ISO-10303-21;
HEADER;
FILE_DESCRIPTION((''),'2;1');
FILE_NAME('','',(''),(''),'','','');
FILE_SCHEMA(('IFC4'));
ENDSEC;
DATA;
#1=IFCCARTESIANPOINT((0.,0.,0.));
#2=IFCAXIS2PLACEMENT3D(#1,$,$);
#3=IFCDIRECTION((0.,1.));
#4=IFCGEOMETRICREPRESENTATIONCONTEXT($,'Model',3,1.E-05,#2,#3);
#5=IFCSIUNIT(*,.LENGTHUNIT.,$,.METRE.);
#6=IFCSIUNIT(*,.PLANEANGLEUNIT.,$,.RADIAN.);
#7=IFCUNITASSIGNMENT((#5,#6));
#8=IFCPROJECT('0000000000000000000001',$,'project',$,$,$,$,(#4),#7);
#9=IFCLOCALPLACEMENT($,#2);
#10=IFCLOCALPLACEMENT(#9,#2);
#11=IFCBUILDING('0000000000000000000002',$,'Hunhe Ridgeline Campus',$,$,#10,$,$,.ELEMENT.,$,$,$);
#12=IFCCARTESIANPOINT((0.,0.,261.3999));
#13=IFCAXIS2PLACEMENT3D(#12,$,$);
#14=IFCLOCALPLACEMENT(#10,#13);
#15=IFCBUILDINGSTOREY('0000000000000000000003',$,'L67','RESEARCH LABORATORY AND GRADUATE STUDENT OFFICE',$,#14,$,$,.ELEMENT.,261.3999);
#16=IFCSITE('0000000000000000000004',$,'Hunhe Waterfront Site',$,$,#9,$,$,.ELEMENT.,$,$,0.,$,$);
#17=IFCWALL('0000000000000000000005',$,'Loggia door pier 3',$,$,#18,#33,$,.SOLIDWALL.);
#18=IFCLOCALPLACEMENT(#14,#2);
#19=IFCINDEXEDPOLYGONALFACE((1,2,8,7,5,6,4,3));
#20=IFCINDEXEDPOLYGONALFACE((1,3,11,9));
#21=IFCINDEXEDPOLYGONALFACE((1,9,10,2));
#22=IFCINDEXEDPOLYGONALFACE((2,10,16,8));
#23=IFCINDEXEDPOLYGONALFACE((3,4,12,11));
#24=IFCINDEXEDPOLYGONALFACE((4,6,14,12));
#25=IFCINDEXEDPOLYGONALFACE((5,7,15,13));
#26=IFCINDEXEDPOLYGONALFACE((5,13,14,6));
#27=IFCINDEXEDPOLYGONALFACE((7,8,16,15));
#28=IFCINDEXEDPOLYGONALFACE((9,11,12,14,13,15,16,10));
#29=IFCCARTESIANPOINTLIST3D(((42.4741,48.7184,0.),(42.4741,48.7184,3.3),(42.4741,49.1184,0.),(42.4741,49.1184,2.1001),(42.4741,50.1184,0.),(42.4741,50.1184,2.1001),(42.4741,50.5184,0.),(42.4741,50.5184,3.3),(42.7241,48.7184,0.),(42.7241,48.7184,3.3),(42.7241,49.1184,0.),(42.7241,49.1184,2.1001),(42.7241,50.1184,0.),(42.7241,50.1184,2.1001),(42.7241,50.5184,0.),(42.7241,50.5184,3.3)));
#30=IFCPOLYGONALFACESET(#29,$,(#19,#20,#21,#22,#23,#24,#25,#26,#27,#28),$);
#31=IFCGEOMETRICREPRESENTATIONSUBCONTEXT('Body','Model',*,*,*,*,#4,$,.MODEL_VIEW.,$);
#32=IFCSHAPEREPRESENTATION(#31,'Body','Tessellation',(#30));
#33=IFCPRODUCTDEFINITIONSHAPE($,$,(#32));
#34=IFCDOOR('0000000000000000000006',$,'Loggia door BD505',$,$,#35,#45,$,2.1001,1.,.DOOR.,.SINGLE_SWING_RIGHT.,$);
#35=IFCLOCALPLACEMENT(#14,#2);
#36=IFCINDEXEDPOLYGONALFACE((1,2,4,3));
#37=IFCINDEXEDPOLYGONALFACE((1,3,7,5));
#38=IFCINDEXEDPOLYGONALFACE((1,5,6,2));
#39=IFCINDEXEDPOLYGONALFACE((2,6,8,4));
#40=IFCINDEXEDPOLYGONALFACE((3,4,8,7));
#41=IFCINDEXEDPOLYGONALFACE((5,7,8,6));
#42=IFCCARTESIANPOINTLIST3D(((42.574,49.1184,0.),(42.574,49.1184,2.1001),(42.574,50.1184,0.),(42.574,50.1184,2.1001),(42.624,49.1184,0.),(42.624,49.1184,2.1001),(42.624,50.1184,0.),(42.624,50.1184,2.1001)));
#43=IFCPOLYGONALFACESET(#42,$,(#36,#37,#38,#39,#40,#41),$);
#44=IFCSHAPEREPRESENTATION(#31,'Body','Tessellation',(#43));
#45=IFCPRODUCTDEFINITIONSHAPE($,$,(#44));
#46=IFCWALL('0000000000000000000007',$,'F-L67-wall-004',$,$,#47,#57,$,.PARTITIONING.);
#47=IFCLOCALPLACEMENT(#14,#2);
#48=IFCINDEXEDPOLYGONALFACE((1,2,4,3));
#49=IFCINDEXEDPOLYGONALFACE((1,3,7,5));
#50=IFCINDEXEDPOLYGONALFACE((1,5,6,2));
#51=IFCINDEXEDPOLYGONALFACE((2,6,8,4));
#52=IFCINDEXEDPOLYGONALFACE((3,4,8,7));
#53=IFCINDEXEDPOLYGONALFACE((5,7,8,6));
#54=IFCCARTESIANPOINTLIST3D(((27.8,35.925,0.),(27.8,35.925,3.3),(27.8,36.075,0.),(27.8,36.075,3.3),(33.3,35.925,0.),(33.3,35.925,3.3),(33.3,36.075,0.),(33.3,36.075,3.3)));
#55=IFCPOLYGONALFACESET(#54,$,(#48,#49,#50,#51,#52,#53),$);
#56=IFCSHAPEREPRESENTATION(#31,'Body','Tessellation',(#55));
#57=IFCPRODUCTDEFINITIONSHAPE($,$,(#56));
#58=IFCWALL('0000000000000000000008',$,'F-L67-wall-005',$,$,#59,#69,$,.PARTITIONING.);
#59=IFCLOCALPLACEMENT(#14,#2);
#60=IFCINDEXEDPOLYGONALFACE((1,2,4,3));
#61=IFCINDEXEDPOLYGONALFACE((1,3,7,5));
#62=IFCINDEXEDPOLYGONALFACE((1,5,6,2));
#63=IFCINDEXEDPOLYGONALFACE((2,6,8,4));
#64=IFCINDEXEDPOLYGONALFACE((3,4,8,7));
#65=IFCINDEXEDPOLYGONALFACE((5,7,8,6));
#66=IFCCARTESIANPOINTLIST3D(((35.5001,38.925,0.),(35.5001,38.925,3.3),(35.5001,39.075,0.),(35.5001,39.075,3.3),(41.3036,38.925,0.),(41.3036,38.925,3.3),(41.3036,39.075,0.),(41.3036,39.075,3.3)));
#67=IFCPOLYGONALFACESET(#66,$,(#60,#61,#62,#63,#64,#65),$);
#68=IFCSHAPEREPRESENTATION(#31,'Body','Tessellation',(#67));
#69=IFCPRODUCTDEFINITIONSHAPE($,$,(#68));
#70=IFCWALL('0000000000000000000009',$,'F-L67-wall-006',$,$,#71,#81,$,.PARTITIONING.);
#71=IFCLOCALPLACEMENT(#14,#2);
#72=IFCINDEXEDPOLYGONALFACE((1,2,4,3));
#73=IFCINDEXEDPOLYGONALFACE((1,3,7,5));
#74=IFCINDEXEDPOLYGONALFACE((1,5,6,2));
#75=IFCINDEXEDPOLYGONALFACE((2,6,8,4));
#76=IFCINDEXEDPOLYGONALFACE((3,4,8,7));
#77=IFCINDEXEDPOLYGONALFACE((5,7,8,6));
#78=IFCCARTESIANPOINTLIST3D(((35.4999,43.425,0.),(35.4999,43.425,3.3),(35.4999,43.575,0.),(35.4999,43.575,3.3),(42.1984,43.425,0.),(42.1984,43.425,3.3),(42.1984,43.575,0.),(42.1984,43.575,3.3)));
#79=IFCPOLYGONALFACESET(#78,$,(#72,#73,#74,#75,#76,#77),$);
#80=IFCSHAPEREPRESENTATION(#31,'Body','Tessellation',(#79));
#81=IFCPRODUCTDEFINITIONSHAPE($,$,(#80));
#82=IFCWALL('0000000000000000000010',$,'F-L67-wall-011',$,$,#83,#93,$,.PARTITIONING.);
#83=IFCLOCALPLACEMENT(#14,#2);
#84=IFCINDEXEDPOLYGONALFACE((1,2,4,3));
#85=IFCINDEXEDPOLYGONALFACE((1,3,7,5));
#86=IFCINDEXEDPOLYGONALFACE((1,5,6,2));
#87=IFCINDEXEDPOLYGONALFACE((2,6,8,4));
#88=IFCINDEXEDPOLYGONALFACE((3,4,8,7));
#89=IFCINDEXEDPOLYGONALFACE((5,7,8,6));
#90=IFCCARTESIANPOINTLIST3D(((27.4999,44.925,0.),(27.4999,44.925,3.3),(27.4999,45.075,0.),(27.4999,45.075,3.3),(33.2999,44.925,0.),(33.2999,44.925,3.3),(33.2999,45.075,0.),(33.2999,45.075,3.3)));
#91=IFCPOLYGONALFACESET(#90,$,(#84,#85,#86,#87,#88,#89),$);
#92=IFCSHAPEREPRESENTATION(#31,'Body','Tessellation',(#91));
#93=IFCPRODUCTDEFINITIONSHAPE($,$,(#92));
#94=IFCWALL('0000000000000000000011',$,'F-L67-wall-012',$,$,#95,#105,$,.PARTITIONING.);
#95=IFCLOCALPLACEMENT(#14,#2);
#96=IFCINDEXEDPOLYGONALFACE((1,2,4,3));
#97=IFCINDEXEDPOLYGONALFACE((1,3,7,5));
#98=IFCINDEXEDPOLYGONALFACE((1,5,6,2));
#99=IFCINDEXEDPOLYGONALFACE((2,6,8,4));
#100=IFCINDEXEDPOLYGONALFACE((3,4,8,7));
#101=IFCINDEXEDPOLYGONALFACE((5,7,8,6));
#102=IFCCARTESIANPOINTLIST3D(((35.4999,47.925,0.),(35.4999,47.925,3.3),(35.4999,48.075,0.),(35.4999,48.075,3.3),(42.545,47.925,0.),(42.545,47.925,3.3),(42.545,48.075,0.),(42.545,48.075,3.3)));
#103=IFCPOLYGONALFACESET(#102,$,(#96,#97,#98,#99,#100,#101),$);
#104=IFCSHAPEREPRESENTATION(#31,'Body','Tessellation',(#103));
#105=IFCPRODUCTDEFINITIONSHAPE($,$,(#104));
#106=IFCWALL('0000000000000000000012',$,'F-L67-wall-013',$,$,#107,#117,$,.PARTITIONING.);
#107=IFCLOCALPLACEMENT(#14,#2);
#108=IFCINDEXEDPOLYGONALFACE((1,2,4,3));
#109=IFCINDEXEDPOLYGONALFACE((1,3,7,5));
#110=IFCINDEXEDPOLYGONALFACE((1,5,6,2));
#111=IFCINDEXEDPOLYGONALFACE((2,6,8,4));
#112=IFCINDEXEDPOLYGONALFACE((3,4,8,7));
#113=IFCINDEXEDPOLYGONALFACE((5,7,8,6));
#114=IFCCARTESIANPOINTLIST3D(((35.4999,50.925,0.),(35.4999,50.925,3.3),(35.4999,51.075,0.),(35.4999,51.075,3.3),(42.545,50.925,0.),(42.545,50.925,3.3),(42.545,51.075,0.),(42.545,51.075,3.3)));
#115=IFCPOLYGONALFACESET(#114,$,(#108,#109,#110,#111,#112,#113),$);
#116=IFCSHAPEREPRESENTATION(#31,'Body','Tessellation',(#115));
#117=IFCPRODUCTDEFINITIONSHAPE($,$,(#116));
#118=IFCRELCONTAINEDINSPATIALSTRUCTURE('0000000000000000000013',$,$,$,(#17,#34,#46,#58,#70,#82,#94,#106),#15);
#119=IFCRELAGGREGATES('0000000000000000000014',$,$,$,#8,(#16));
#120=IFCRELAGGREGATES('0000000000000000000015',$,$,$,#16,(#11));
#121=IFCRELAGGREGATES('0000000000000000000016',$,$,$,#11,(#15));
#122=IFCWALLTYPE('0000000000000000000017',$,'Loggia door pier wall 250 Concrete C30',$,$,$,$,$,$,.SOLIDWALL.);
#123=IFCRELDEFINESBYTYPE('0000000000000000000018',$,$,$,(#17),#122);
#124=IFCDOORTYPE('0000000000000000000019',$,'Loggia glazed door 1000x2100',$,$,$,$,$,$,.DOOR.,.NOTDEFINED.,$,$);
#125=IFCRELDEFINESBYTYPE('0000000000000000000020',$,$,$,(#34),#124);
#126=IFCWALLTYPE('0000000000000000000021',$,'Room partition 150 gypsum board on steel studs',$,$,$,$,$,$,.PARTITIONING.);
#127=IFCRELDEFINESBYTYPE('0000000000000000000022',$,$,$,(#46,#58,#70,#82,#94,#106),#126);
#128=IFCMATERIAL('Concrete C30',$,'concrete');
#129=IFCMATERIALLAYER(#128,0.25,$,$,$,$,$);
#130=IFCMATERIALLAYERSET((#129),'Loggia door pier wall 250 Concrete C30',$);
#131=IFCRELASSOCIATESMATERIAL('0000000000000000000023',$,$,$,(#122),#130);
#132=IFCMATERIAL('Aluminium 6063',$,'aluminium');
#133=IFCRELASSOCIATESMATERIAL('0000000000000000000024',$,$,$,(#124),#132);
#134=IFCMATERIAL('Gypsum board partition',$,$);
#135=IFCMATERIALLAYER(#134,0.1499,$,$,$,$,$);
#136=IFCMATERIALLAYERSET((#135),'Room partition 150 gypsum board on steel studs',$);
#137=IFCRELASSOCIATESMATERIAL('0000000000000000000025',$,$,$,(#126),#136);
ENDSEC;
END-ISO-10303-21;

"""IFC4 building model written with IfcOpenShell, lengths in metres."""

from ifc_helpers import new_model, si_unit, direction, frame, frame_2d, origin, place, context, subcontext, project, spatial, rectangle, extrude, material, layer, layer_set, type_object, element, fill, save


model = new_model("IFC4")

# Units and contexts
model_context = context("Model", 3, precision=1e-05, world=origin(), true_north=direction((0.0, 1.0)))
body_context = subcontext(model_context, "Body", "Model", "MODEL_VIEW")
ifc_project = project(units=[si_unit("LENGTHUNIT", "METRE"), si_unit("PLANEANGLEUNIT", "RADIAN")], contexts=[model_context])

# Site, building, storey
site_placement = place(None, origin())
site = spatial("IfcSite", under=ifc_project, at=site_placement, Name="Hunhe Waterfront Site", CompositionType="ELEMENT", RefElevation=0.0)
building_placement = place(site_placement, origin())
building = spatial("IfcBuilding", under=site, at=building_placement, Name="Hunhe Ridgeline Campus", CompositionType="ELEMENT")
storey_placement = place(building_placement, frame((0.0, 0.0, 261.3999)))
storey = spatial("IfcBuildingStorey", under=building, at=storey_placement, Name="L67", Description="RESEARCH LABORATORY AND GRADUATE STUDENT OFFICE", CompositionType="ELEMENT", Elevation=261.3999)

# Shared definitions
ifc_material_1 = material(Name="Aluminium 6063", Category="aluminium")

# Wall, opening, door
ifc_material_2 = material(Name="Concrete C30", Category="concrete")
ifc_layer_1 = layer(ifc_material_2, 0.25)
ifc_layer_set_1 = layer_set([ifc_layer_1], Name="Loggia door pier wall 250 Concrete C30")
wall_type_1 = type_object("IfcWallType", Name="Loggia door pier wall 250 Concrete C30", PredefinedType="SOLIDWALL", material=ifc_layer_set_1)
wall_1_placement = place(storey_placement, frame((42.5991, 48.7185, 0.0), z_axis=(0.0, 0.0, 1.0), x_axis=(0.0, 1.0, 0.0)))
wall_1 = element("IfcWall", 1, at=wall_1_placement, inside=storey, type_object=wall_type_1, Name="Loggia door pier 3", PredefinedType="SOLIDWALL", context=body_context, shape_type="SweptSolid", body=[
    extrude(rectangle(XDim=1.8, YDim=0.25, at=frame_2d((0.8999, 0.0))), origin(), (0.0, 0.0, 1.0), 3.3),
])
opening_placement = place(wall_1_placement, frame((0.3999, 0.0, 0.0)))
opening = element("IfcOpeningElement", 2, at=opening_placement, cuts=wall_1, PredefinedType="OPENING", context=body_context, shape_type="SweptSolid", body=[
    extrude(rectangle(XDim=1.0, YDim=2.1001, at=frame_2d((0.5, 1.05))), frame((0.0, 0.125, 0.0), z_axis=(0.0, -1.0, 0.0), x_axis=(1.0, 0.0, 0.0)), (0.0, 0.0, 1.0), 0.25),
])
door_type = type_object("IfcDoorType", Name="Loggia glazed door 1000x2100", OperationType="NOTDEFINED", PredefinedType="DOOR", material=ifc_material_1)
door_placement = place(opening_placement, frame((1.0, 0.0, 0.0), z_axis=(0.0, 0.0, 1.0), x_axis=(-1.0, 0.0, 0.0)))
door = element("IfcDoor", 3, at=door_placement, inside=storey, type_object=door_type, Name="Loggia door BD505", OperationType="SINGLE_SWING_RIGHT", OverallHeight=2.1001, OverallWidth=1.0, PredefinedType="DOOR", context=body_context, shape_type="SweptSolid", body=[
    extrude(rectangle(XDim=1.0, YDim=2.1001, at=frame_2d((0.5, 1.05))), frame((0.0, 0.0249, 0.0), z_axis=(0.0, -1.0, 0.0), x_axis=(1.0, 0.0, 0.0)), (0.0, 0.0, 1.0), 0.05),
])
fill(opening, door)

# Walls
ifc_material_3 = material(Name="Gypsum board partition")
ifc_layer_2 = layer(ifc_material_3, 0.1499)
ifc_layer_set_2 = layer_set([ifc_layer_2], Name="Room partition 150 gypsum board on steel studs")
wall_type_2 = type_object("IfcWallType", Name="Room partition 150 gypsum board on steel studs", PredefinedType="PARTITIONING", material=ifc_layer_set_2)
wall_2_placement = place(storey_placement, frame((27.8, 36.0, 0.0), z_axis=(0.0, 0.0, 1.0), x_axis=(1.0, 0.0, 0.0)))
element("IfcWall", 4, at=wall_2_placement, inside=storey, type_object=wall_type_2, Name="F-L67-wall-004", PredefinedType="PARTITIONING", context=body_context, shape_type="SweptSolid", body=[
    extrude(rectangle(XDim=5.5, YDim=0.1499, at=frame_2d((2.75, 0.0))), origin(), (0.0, 0.0, 1.0), 3.3),
])
wall_3_placement = place(storey_placement, frame((35.5, 39.0, 0.0), z_axis=(0.0, 0.0, 1.0), x_axis=(1.0, 0.0, 0.0)))
element("IfcWall", 5, at=wall_3_placement, inside=storey, type_object=wall_type_2, Name="F-L67-wall-005", PredefinedType="PARTITIONING", context=body_context, shape_type="SweptSolid", body=[
    extrude(rectangle(XDim=5.8035, YDim=0.1499, at=frame_2d((2.9019, 0.0))), origin(), (0.0, 0.0, 1.0), 3.3),
])
wall_4_placement = place(storey_placement, frame((35.5, 43.5, 0.0), z_axis=(0.0, 0.0, 1.0), x_axis=(1.0, 0.0, 0.0)))
element("IfcWall", 6, at=wall_4_placement, inside=storey, type_object=wall_type_2, Name="F-L67-wall-006", PredefinedType="PARTITIONING", context=body_context, shape_type="SweptSolid", body=[
    extrude(rectangle(XDim=6.6985, YDim=0.1499, at=frame_2d((3.3491, 0.0))), origin(), (0.0, 0.0, 1.0), 3.3),
])
wall_5_placement = place(storey_placement, frame((27.5, 45.0, 0.0), z_axis=(0.0, 0.0, 1.0), x_axis=(1.0, 0.0, 0.0)))
element("IfcWall", 7, at=wall_5_placement, inside=storey, type_object=wall_type_2, Name="F-L67-wall-011", PredefinedType="PARTITIONING", context=body_context, shape_type="SweptSolid", body=[
    extrude(rectangle(XDim=5.8, YDim=0.1499, at=frame_2d((2.8999, 0.0))), origin(), (0.0, 0.0, 1.0), 3.3),
])
for number, where, z_axis, x_axis, name in (
    (8, (35.5, 48.0, 0.0), (0.0, 0.0, 1.0), (1.0, 0.0, 0.0), "F-L67-wall-012"),
    (9, (35.5, 51.0, 0.0), (0.0, 0.0, 1.0), (1.0, 0.0, 0.0), "F-L67-wall-013"),
):
    element("IfcWall", number, at=place(storey_placement, frame(where, z_axis=z_axis, x_axis=x_axis)), inside=storey, type_object=wall_type_2, Name=name, PredefinedType="PARTITIONING", context=body_context, shape_type="SweptSolid", body=[
        extrude(rectangle(XDim=7.0452, YDim=0.1499, at=frame_2d((3.5225, 0.0))), origin(), (0.0, 0.0, 1.0), 3.3),
    ])

save(model, "model.ifc")
